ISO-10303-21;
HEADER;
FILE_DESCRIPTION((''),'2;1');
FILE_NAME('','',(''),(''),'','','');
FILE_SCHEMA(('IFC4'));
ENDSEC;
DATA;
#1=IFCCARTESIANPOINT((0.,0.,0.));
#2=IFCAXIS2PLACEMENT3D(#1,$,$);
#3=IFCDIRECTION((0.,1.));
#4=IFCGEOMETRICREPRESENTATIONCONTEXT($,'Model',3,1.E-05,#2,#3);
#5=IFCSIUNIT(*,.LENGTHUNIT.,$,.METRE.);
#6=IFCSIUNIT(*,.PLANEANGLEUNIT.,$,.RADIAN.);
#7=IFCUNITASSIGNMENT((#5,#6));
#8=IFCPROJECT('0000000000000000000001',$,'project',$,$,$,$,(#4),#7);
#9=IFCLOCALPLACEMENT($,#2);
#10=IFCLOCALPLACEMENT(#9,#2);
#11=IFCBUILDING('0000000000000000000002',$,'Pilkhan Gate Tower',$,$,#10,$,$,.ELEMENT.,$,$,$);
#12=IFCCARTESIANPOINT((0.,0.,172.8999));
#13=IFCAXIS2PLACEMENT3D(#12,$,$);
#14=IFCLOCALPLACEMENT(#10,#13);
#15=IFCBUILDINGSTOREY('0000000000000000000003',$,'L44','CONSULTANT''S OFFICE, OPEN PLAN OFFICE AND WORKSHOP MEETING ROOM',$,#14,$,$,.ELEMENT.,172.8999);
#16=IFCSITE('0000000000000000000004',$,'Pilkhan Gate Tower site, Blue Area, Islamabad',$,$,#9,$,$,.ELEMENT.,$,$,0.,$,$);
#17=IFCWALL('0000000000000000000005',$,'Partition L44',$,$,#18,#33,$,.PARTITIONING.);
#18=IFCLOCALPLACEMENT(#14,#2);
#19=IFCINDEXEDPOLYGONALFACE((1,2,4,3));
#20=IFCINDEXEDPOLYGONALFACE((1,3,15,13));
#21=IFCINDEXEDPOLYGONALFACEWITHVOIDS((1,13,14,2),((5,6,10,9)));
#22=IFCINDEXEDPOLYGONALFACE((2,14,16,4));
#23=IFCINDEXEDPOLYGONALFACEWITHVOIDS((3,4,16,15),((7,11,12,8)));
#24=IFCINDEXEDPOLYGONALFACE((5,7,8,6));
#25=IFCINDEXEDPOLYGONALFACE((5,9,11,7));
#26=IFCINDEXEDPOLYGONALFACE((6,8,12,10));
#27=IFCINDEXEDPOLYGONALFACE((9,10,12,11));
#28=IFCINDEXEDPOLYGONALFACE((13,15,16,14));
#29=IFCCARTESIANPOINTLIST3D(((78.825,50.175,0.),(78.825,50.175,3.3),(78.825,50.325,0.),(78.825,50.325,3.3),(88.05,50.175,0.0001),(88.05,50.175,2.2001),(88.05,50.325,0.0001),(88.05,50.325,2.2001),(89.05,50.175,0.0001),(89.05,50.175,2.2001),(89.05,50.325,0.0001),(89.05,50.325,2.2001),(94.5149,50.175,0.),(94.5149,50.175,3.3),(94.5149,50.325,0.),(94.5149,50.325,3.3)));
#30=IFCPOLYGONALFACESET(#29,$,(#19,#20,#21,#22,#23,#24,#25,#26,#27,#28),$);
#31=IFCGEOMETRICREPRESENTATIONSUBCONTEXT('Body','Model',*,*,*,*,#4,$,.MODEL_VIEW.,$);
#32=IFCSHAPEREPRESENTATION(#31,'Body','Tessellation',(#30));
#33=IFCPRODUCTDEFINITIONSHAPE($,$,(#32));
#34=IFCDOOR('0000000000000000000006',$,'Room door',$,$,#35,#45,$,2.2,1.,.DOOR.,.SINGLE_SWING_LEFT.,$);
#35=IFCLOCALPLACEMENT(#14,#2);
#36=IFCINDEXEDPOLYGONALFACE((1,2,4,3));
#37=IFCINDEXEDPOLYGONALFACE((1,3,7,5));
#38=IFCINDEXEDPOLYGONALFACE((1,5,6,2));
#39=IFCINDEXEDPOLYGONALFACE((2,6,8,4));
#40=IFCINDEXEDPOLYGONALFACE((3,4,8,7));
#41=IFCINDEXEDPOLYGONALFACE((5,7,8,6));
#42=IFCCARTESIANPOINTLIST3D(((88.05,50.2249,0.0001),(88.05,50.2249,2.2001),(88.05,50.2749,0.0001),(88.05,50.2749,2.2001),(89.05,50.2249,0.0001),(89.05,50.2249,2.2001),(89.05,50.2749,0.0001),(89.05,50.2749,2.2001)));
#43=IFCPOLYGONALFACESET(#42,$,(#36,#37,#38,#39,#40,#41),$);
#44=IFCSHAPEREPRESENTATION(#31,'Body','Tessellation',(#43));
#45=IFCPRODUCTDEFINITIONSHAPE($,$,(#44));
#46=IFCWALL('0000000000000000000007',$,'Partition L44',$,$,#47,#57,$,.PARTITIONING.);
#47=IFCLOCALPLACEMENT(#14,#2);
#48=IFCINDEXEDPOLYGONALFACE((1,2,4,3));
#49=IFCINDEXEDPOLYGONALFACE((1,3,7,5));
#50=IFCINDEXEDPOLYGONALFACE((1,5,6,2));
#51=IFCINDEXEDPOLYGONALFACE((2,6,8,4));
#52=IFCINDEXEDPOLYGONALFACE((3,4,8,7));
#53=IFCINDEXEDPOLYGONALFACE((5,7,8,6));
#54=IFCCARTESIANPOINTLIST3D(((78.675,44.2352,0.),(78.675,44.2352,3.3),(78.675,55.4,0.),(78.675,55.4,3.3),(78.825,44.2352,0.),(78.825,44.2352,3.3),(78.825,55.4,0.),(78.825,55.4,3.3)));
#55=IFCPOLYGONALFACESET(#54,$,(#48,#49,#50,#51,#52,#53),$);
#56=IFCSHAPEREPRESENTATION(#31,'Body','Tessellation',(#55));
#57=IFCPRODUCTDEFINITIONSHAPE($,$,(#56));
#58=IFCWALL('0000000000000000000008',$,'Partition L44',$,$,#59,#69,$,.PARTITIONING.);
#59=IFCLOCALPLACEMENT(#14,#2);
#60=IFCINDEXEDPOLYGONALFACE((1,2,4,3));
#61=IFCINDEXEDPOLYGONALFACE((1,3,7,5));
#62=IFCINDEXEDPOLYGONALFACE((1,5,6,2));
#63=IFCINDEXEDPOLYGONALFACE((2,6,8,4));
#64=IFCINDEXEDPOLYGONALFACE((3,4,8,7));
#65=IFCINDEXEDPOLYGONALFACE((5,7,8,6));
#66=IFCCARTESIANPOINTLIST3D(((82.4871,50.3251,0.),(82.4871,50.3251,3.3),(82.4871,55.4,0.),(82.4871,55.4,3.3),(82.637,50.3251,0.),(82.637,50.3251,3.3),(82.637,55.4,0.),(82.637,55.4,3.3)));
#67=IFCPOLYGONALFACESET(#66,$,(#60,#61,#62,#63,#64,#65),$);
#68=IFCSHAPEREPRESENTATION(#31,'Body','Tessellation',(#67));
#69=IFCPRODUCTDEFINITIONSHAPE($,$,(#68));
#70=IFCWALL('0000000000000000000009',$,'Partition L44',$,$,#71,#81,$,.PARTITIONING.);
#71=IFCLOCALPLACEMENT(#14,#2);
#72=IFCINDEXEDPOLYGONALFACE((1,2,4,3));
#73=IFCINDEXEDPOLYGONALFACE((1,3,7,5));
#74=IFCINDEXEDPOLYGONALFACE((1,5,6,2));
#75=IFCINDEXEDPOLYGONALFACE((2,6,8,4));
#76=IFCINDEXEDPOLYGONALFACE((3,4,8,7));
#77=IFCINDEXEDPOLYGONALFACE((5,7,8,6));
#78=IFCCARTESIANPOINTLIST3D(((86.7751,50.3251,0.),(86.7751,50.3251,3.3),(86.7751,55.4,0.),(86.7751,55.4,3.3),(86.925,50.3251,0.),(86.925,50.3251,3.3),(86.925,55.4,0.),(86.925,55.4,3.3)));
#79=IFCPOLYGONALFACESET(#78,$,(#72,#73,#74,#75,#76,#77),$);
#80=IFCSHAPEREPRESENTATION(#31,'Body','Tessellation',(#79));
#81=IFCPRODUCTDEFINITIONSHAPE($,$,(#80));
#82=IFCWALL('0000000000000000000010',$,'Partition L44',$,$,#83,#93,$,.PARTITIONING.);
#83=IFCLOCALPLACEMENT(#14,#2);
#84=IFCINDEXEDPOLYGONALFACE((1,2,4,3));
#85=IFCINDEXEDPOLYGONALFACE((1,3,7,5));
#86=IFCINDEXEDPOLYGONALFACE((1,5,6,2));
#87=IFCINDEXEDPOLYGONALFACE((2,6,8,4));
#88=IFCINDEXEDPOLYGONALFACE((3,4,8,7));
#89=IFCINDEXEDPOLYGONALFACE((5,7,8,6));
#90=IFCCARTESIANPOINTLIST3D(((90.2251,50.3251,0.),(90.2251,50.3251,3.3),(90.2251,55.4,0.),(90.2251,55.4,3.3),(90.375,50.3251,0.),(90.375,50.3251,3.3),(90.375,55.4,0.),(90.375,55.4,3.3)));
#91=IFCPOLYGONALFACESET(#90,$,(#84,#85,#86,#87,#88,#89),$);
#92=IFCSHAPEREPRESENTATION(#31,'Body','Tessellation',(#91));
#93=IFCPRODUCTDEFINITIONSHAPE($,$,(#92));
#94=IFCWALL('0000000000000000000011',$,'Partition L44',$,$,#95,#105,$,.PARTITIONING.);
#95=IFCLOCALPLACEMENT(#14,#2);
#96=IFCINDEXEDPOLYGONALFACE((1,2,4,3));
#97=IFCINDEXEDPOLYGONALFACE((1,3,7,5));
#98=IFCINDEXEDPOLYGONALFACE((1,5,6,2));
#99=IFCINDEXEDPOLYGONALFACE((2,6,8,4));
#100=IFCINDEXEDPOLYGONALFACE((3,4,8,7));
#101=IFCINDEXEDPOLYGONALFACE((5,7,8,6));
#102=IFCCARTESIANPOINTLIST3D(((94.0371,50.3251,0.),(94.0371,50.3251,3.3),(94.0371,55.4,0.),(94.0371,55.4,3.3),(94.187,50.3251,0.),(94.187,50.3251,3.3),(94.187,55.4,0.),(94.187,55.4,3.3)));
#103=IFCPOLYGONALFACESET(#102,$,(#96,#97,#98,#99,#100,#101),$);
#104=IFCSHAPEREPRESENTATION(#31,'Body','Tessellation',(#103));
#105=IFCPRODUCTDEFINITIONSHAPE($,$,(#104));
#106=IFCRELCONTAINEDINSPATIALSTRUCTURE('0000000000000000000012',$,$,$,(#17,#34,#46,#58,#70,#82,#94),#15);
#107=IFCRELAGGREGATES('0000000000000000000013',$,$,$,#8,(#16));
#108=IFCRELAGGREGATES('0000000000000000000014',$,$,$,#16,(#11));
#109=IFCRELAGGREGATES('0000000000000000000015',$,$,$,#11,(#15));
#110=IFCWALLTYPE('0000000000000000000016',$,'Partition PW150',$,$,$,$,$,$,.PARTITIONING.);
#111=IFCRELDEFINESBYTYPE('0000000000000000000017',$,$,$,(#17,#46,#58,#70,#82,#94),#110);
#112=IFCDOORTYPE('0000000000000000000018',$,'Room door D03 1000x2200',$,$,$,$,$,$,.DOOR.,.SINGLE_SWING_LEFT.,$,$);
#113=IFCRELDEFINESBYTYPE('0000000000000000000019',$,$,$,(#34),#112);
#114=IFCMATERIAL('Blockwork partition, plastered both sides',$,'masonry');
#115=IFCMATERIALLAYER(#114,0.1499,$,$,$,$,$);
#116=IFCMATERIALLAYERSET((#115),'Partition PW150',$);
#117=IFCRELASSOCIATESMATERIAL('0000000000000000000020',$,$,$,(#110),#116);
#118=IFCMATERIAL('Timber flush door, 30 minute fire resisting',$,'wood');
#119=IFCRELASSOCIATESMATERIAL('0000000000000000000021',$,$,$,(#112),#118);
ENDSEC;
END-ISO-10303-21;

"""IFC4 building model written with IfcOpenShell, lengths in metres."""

from ifc_helpers import new_model, si_unit, direction, frame, frame_2d, origin, place, context, subcontext, project, spatial, rectangle, extrude, material, layer, layer_set, type_object, element, fill, save


model = new_model("IFC4")

# Units and contexts
model_context = context("Model", 3, precision=1e-05, world=origin(), true_north=direction((0.0, 1.0)))
body_context = subcontext(model_context, "Body", "Model", "MODEL_VIEW")
ifc_project = project(units=[si_unit("LENGTHUNIT", "METRE"), si_unit("PLANEANGLEUNIT", "RADIAN")], contexts=[model_context])

# Site, building, storey
site_placement = place(None, origin())
site = spatial("IfcSite", under=ifc_project, at=site_placement, Name="Pilkhan Gate Tower site, Blue Area, Islamabad", CompositionType="ELEMENT", RefElevation=0.0)
building_placement = place(site_placement, origin())
building = spatial("IfcBuilding", under=site, at=building_placement, Name="Pilkhan Gate Tower", CompositionType="ELEMENT")
storey_placement = place(building_placement, frame((0.0, 0.0, 172.8999)))
storey = spatial("IfcBuildingStorey", under=building, at=storey_placement, Name="L44", Description="CONSULTANT'S OFFICE, OPEN PLAN OFFICE AND WORKSHOP MEETING ROOM", CompositionType="ELEMENT", Elevation=172.8999)

# Wall, opening, door
ifc_material_1 = material(Name="Blockwork partition, plastered both sides", Category="masonry")
ifc_layer_1 = layer(ifc_material_1, 0.1499)
ifc_layer_set_1 = layer_set([ifc_layer_1], Name="Partition PW150")
wall_type = type_object("IfcWallType", Name="Partition PW150", PredefinedType="PARTITIONING", material=ifc_layer_set_1)
wall_1_placement = place(storey_placement, frame((78.825, 50.25, 0.0), z_axis=(0.0, 0.0, 1.0), x_axis=(1.0, 0.0, 0.0)))
wall_1 = element("IfcWall", 1, at=wall_1_placement, inside=storey, type_object=wall_type, Name="Partition L44", PredefinedType="PARTITIONING", context=body_context, shape_type="SweptSolid", body=[
    extrude(rectangle(XDim=15.6899, YDim=0.1499, at=frame_2d((7.845, 0.0))), origin(), (0.0, 0.0, 1.0), 3.3),
])
opening_placement = place(wall_1_placement, frame((9.2251, 0.0, 0.0)))
opening = element("IfcOpeningElement", 2, at=opening_placement, cuts=wall_1, PredefinedType="OPENING", context=body_context, shape_type="SweptSolid", body=[
    extrude(rectangle(XDim=1.0, YDim=2.2, at=frame_2d((0.5, 1.1001))), frame((0.0, 0.085, 0.0), z_axis=(0.0, -1.0, 0.0), x_axis=(1.0, 0.0, 0.0)), (0.0, 0.0, 1.0), 0.1699),
])
ifc_material_2 = material(Name="Timber flush door, 30 minute fire resisting", Category="wood")
door_type = type_object("IfcDoorType", Name="Room door D03 1000x2200", OperationType="SINGLE_SWING_LEFT", PredefinedType="DOOR", material=ifc_material_2)
door_placement = place(opening_placement, origin())
door = element("IfcDoor", 3, at=door_placement, inside=storey, type_object=door_type, Name="Room door", OperationType="SINGLE_SWING_LEFT", OverallHeight=2.2, OverallWidth=1.0, PredefinedType="DOOR", context=body_context, shape_type="SweptSolid", body=[
    extrude(rectangle(XDim=1.0, YDim=2.2, at=frame_2d((0.5, 1.1001))), frame((0.0, 0.0249, 0.0), z_axis=(0.0, -1.0, 0.0), x_axis=(1.0, 0.0, 0.0)), (0.0, 0.0, 1.0), 0.05),
])
fill(opening, door)

# Walls
wall_2_placement = place(storey_placement, frame((78.75, 44.2351, 0.0), z_axis=(0.0, 0.0, 1.0), x_axis=(0.0, 1.0, 0.0)))
element("IfcWall", 4, at=wall_2_placement, inside=storey, type_object=wall_type, Name="Partition L44", PredefinedType="PARTITIONING", context=body_context, shape_type="SweptSolid", body=[
    extrude(rectangle(XDim=11.1648, YDim=0.1499, at=frame_2d((5.5825, 0.0))), origin(), (0.0, 0.0, 1.0), 3.3),
])
for number, where, z_axis, x_axis, name in (
    (5, (82.562, 50.325, 0.0), (0.0, 0.0, 1.0), (0.0, 1.0, 0.0), "Partition L44"),
    (6, (86.8501, 50.325, 0.0), (0.0, 0.0, 1.0), (0.0, 1.0, 0.0), "Partition L44"),
    (7, (90.3, 50.325, 0.0), (0.0, 0.0, 1.0), (0.0, 1.0, 0.0), "Partition L44"),
    (8, (94.1121, 50.325, 0.0), (0.0, 0.0, 1.0), (0.0, 1.0, 0.0), "Partition L44"),
):
    element("IfcWall", number, at=place(storey_placement, frame(where, z_axis=z_axis, x_axis=x_axis)), inside=storey, type_object=wall_type, Name=name, PredefinedType="PARTITIONING", context=body_context, shape_type="SweptSolid", body=[
        extrude(rectangle(XDim=5.075, YDim=0.1499, at=frame_2d((2.5376, 0.0))), origin(), (0.0, 0.0, 1.0), 3.3),
    ])

save(model, "model.ifc")
